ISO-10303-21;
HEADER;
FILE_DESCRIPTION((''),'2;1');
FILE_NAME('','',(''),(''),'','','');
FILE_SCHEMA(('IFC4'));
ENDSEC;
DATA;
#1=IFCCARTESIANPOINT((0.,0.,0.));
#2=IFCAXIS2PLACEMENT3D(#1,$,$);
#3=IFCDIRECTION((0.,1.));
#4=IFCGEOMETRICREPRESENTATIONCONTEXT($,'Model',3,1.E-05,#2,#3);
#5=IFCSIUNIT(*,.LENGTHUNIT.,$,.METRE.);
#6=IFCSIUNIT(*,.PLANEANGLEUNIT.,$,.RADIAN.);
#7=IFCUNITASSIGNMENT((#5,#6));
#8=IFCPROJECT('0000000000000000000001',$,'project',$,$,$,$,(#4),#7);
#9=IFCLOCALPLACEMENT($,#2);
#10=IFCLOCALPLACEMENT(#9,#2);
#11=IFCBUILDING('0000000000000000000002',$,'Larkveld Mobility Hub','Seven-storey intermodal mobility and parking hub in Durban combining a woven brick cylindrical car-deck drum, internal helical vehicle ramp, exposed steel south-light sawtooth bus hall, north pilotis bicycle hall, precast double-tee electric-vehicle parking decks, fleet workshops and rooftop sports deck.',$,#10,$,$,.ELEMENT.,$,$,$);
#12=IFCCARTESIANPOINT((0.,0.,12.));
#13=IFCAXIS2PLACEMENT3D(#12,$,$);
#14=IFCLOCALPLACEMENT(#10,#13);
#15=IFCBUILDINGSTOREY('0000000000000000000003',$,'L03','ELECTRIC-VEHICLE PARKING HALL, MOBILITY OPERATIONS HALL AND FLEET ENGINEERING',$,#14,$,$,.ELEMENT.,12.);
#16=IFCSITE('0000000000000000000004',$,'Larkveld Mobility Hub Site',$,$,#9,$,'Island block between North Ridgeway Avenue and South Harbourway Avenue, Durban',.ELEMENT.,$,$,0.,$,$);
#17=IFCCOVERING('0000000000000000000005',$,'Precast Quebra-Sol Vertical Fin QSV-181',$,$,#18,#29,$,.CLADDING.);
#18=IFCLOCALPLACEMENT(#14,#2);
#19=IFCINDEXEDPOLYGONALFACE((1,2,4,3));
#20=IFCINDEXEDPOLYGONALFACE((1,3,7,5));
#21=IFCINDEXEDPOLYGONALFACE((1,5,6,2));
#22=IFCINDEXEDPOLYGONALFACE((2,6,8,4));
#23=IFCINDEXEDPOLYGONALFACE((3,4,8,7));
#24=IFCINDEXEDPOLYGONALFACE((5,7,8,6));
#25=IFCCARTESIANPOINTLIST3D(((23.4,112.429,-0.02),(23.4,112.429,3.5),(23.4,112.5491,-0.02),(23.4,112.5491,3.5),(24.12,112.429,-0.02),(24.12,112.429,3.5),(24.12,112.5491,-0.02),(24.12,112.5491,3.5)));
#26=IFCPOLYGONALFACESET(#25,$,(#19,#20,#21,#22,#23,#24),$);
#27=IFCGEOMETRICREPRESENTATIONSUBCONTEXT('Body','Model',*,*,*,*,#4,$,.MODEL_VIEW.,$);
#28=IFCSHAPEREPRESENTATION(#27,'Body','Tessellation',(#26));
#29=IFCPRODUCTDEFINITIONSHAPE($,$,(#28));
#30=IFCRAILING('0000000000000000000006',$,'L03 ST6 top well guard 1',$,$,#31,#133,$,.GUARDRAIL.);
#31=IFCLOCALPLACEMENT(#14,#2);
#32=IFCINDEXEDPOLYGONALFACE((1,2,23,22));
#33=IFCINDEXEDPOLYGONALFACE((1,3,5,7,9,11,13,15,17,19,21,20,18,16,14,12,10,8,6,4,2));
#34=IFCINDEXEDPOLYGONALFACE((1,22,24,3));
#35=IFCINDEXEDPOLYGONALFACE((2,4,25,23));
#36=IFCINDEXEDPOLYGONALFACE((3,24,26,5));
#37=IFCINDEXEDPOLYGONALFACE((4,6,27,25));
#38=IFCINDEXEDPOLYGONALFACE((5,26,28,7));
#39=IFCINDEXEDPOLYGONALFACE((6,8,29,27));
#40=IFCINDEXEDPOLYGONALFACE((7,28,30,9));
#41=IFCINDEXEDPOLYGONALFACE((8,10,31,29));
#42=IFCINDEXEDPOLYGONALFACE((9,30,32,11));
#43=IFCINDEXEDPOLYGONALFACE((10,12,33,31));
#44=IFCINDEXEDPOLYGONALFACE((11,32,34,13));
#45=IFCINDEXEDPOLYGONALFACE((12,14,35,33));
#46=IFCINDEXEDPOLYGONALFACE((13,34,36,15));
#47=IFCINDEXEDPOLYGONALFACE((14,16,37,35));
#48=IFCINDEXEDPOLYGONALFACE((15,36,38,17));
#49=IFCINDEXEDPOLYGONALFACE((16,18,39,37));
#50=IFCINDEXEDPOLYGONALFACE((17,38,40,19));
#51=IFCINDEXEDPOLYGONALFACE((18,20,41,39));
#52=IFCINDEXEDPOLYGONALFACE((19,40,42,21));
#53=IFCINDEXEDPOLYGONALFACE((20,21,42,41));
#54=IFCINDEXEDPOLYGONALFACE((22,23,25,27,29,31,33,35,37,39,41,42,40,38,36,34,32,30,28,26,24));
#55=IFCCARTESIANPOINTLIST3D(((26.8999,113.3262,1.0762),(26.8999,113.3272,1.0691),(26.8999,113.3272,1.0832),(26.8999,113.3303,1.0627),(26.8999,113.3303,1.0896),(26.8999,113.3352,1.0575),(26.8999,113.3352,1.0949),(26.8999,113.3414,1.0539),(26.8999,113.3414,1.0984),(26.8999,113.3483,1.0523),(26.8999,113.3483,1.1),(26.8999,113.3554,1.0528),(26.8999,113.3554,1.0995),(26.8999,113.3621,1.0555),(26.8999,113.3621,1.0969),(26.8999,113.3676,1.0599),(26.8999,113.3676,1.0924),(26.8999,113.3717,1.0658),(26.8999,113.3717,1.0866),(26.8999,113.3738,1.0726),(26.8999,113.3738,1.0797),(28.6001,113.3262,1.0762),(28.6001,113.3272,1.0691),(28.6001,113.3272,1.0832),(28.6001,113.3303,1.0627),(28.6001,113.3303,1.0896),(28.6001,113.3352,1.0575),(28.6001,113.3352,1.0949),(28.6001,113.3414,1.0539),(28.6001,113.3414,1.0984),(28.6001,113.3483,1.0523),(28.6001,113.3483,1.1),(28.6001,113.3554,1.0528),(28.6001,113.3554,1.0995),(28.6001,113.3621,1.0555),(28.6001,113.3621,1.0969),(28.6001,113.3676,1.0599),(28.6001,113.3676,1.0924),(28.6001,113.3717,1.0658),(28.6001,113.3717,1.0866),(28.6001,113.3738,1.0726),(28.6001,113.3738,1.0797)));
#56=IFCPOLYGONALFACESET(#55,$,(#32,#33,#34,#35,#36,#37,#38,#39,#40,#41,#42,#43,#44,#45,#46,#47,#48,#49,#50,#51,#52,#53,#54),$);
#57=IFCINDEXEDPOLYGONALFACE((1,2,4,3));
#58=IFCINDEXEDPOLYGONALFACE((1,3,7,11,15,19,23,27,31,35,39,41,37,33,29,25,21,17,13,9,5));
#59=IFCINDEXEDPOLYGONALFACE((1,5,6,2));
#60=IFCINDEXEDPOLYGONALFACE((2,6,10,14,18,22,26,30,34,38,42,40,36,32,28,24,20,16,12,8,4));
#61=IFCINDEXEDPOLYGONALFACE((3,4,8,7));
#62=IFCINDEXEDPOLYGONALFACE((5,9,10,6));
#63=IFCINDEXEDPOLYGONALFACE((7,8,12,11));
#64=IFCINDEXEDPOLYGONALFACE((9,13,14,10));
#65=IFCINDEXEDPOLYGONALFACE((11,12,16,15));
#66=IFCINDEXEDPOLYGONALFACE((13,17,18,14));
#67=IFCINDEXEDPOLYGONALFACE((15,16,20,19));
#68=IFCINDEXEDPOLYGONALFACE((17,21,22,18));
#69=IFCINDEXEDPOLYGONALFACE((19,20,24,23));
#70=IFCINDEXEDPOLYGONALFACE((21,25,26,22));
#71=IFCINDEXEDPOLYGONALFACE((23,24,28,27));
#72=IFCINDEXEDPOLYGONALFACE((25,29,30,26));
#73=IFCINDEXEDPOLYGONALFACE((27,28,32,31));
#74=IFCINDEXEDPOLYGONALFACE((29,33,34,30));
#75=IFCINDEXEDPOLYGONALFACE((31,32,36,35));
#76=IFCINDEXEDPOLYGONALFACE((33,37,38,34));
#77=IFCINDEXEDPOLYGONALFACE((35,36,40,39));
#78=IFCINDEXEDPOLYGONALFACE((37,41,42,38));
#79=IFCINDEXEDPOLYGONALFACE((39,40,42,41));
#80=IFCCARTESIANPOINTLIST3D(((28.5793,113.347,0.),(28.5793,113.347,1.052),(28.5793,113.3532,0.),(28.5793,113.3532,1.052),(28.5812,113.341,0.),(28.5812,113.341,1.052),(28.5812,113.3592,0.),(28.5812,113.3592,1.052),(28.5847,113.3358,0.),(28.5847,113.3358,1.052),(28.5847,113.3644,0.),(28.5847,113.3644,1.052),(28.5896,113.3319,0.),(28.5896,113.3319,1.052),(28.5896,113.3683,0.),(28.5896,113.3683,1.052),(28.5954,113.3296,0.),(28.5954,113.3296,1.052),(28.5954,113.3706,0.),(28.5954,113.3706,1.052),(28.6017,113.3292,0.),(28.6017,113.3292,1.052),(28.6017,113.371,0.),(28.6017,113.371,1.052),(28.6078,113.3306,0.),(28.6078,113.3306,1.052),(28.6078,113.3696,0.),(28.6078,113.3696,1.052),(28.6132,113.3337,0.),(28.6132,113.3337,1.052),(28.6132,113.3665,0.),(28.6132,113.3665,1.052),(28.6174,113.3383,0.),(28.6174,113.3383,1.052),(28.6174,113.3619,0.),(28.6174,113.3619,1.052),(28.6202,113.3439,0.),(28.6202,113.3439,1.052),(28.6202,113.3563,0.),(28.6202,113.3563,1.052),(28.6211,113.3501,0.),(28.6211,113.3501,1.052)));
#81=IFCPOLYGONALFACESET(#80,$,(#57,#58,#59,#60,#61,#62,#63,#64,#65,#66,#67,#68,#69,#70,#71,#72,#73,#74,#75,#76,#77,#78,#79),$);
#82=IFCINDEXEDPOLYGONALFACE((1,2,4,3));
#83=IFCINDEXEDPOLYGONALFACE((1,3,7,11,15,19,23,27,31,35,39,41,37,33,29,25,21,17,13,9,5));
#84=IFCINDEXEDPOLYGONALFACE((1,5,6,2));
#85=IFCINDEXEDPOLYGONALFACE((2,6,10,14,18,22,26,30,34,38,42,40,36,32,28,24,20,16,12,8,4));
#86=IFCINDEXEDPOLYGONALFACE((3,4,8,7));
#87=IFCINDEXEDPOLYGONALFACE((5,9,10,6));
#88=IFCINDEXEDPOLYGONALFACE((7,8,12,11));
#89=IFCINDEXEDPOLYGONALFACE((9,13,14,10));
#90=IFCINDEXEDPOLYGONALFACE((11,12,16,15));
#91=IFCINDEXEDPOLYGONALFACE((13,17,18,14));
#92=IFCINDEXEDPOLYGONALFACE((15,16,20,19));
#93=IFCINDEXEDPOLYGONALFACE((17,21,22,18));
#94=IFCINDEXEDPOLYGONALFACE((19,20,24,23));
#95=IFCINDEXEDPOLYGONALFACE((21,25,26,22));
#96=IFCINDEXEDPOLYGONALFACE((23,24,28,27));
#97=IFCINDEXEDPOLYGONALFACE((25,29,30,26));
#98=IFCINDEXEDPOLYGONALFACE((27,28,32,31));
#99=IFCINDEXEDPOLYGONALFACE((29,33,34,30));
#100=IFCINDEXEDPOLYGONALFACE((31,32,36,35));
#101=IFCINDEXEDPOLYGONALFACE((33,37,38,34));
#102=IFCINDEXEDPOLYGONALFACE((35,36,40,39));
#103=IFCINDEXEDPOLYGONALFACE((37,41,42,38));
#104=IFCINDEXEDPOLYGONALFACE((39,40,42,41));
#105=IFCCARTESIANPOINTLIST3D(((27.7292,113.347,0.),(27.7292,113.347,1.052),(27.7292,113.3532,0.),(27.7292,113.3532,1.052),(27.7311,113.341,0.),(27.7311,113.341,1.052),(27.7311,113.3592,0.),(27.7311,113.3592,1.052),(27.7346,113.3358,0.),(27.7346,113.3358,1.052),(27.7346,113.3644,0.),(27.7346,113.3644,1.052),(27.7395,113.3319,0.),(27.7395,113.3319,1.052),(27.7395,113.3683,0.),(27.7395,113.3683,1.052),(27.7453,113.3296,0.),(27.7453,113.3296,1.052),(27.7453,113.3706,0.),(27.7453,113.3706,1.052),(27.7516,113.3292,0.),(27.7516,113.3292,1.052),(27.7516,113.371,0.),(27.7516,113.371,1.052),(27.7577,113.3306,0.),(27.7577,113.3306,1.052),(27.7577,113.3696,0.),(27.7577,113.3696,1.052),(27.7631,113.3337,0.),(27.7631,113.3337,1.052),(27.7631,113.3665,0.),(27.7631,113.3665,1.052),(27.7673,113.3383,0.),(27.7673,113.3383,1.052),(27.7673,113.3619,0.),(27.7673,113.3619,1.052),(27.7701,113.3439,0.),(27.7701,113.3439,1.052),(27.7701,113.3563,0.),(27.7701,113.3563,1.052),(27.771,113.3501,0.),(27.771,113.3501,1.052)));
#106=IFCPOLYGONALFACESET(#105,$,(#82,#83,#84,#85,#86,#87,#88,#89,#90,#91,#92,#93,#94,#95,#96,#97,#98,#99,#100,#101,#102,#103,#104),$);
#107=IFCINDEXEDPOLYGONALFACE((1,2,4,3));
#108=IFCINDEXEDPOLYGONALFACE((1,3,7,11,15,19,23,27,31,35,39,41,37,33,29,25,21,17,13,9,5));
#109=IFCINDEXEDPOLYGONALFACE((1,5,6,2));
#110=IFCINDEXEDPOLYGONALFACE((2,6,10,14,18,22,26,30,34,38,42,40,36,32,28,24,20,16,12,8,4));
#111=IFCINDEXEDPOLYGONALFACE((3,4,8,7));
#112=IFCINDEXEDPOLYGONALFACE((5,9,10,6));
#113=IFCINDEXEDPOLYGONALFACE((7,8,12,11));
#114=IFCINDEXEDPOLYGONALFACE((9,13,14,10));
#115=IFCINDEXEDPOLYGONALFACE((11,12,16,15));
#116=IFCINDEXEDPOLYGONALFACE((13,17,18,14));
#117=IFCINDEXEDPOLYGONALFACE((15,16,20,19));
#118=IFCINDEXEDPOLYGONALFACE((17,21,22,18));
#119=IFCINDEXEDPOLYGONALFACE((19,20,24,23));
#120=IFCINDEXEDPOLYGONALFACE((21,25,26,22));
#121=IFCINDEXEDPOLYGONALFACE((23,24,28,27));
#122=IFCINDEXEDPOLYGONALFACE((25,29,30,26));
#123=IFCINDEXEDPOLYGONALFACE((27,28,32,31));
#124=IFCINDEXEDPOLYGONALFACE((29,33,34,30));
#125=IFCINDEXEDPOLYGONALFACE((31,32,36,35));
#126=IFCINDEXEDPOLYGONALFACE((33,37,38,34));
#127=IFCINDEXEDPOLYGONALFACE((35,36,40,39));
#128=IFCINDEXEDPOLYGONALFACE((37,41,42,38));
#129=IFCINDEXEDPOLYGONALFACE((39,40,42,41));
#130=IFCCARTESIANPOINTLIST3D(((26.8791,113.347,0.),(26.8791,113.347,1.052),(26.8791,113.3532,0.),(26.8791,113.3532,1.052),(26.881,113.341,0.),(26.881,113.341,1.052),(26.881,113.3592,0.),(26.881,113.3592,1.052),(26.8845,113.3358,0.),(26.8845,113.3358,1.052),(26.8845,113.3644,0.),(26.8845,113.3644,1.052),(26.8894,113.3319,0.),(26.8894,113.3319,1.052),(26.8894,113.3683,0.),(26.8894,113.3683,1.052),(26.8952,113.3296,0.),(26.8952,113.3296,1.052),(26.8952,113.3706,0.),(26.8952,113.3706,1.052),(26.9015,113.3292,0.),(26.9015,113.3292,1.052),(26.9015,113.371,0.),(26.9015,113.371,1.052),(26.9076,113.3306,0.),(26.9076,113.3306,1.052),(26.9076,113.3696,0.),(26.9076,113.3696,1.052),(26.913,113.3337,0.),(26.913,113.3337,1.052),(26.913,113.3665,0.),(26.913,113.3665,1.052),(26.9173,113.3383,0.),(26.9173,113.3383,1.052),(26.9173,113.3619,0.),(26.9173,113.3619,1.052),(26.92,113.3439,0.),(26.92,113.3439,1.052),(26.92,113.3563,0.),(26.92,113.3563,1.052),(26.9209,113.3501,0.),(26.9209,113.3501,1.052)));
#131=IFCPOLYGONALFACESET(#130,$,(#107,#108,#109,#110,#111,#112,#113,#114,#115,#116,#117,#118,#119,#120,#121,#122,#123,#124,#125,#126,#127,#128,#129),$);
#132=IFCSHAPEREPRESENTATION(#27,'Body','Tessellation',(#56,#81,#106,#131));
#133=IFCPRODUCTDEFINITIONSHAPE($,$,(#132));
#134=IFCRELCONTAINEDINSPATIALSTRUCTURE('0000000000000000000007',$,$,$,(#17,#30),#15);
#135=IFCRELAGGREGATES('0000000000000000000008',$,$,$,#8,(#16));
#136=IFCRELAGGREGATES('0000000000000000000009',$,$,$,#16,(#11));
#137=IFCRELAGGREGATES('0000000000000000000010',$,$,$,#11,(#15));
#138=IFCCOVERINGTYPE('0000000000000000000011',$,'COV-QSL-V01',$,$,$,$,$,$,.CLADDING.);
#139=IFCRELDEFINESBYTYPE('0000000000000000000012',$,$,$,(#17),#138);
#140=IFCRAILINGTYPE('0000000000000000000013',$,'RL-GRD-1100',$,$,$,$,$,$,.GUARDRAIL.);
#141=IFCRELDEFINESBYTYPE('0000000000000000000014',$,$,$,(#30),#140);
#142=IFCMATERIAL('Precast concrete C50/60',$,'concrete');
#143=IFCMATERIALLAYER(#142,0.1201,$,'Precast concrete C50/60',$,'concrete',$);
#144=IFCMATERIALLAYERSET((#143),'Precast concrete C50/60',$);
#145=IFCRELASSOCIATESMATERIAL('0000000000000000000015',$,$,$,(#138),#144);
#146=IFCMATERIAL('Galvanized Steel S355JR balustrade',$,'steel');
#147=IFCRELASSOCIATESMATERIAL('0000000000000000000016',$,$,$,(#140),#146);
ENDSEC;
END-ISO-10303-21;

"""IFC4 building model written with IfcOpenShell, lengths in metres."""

from ifc_helpers import new_model, si_unit, direction, frame, origin, origin_2d, place, context, subcontext, project, spatial, rectangle, circle, extrude, material, layer, layer_set, type_object, element, save


model = new_model("IFC4")

# Units and contexts
model_context = context("Model", 3, precision=1e-05, world=origin(), true_north=direction((0.0, 1.0)))
body_context = subcontext(model_context, "Body", "Model", "MODEL_VIEW")
ifc_project = project(units=[si_unit("LENGTHUNIT", "METRE"), si_unit("PLANEANGLEUNIT", "RADIAN")], contexts=[model_context])

# Site, building, storey
site_placement = place(None, origin())
site = spatial("IfcSite", under=ifc_project, at=site_placement, Name="Larkveld Mobility Hub Site", LongName="Island block between North Ridgeway Avenue and South Harbourway Avenue, Durban", CompositionType="ELEMENT", RefElevation=0.0)
building_placement = place(site_placement, origin())
building = spatial("IfcBuilding", under=site, at=building_placement, Name="Larkveld Mobility Hub", Description="Seven-storey intermodal mobility and parking hub in Durban combining a woven brick cylindrical car-deck drum, internal helical vehicle ramp, exposed steel south-light sawtooth bus hall, north pilotis bicycle hall, precast double-tee electric-vehicle parking decks, fleet workshops and rooftop sports deck.", CompositionType="ELEMENT")
storey_placement = place(building_placement, frame((0.0, 0.0, 12.0)))
storey = spatial("IfcBuildingStorey", under=building, at=storey_placement, Name="L03", Description="ELECTRIC-VEHICLE PARKING HALL, MOBILITY OPERATIONS HALL AND FLEET ENGINEERING", CompositionType="ELEMENT", Elevation=12.0)

# Covering
ifc_material_1 = material(Name="Precast concrete C50/60", Category="concrete")
ifc_layer_1 = layer(ifc_material_1, 0.1201, Name="Precast concrete C50/60", Category="concrete")
ifc_layer_set_1 = layer_set([ifc_layer_1], Name="Precast concrete C50/60")
covering_type = type_object("IfcCoveringType", Name="COV-QSL-V01", PredefinedType="CLADDING", material=ifc_layer_set_1)
for number, where, z_axis, x_axis, name in (
    (1, (23.76, 112.489, -0.02), (0.0, 0.0, 1.0), (0.0, -1.0, 0.0), "Precast Quebra-Sol Vertical Fin QSV-181"),
):
    element("IfcCovering", number, at=place(storey_placement, frame(where, z_axis=z_axis, x_axis=x_axis)), inside=storey, type_object=covering_type, Name=name, PredefinedType="CLADDING", context=body_context, shape_type="SweptSolid", body=[
        extrude(rectangle(XDim=0.1201, YDim=0.72, at=origin_2d()), origin(), (0.0, 0.0, 1.0), 3.52),
    ])

# Railing
ifc_material_2 = material(Name="Galvanized Steel S355JR balustrade", Category="steel")
railing_type = type_object("IfcRailingType", Name="RL-GRD-1100", PredefinedType="GUARDRAIL", material=ifc_material_2)
railing_placement = place(storey_placement, frame((28.6001, 113.3501, 0.0)))
element("IfcRailing", 2, at=railing_placement, inside=storey, type_object=railing_type, Name="L03 ST6 top well guard 1", PredefinedType="GUARDRAIL", context=body_context, shape_type="SweptSolid", body=[
    extrude(circle(Radius=0.0239, at=origin_2d()), frame((0.0, 0.0, 1.0762), z_axis=(-1.0, 0.0, 0.0), x_axis=(0.0, -1.0, 0.0)), (0.0, 0.0, 1.0), 1.7002),
    extrude(circle(Radius=0.021, at=origin_2d()), origin(), (0.0, 0.0, 1.0), 1.052),
    extrude(circle(Radius=0.021, at=origin_2d()), frame((-0.8501, 0.0, 0.0)), (0.0, 0.0, 1.0), 1.052),
    extrude(circle(Radius=0.021, at=origin_2d()), frame((-1.7002, 0.0, 0.0)), (0.0, 0.0, 1.0), 1.052),
])

save(model, "model.ifc")
